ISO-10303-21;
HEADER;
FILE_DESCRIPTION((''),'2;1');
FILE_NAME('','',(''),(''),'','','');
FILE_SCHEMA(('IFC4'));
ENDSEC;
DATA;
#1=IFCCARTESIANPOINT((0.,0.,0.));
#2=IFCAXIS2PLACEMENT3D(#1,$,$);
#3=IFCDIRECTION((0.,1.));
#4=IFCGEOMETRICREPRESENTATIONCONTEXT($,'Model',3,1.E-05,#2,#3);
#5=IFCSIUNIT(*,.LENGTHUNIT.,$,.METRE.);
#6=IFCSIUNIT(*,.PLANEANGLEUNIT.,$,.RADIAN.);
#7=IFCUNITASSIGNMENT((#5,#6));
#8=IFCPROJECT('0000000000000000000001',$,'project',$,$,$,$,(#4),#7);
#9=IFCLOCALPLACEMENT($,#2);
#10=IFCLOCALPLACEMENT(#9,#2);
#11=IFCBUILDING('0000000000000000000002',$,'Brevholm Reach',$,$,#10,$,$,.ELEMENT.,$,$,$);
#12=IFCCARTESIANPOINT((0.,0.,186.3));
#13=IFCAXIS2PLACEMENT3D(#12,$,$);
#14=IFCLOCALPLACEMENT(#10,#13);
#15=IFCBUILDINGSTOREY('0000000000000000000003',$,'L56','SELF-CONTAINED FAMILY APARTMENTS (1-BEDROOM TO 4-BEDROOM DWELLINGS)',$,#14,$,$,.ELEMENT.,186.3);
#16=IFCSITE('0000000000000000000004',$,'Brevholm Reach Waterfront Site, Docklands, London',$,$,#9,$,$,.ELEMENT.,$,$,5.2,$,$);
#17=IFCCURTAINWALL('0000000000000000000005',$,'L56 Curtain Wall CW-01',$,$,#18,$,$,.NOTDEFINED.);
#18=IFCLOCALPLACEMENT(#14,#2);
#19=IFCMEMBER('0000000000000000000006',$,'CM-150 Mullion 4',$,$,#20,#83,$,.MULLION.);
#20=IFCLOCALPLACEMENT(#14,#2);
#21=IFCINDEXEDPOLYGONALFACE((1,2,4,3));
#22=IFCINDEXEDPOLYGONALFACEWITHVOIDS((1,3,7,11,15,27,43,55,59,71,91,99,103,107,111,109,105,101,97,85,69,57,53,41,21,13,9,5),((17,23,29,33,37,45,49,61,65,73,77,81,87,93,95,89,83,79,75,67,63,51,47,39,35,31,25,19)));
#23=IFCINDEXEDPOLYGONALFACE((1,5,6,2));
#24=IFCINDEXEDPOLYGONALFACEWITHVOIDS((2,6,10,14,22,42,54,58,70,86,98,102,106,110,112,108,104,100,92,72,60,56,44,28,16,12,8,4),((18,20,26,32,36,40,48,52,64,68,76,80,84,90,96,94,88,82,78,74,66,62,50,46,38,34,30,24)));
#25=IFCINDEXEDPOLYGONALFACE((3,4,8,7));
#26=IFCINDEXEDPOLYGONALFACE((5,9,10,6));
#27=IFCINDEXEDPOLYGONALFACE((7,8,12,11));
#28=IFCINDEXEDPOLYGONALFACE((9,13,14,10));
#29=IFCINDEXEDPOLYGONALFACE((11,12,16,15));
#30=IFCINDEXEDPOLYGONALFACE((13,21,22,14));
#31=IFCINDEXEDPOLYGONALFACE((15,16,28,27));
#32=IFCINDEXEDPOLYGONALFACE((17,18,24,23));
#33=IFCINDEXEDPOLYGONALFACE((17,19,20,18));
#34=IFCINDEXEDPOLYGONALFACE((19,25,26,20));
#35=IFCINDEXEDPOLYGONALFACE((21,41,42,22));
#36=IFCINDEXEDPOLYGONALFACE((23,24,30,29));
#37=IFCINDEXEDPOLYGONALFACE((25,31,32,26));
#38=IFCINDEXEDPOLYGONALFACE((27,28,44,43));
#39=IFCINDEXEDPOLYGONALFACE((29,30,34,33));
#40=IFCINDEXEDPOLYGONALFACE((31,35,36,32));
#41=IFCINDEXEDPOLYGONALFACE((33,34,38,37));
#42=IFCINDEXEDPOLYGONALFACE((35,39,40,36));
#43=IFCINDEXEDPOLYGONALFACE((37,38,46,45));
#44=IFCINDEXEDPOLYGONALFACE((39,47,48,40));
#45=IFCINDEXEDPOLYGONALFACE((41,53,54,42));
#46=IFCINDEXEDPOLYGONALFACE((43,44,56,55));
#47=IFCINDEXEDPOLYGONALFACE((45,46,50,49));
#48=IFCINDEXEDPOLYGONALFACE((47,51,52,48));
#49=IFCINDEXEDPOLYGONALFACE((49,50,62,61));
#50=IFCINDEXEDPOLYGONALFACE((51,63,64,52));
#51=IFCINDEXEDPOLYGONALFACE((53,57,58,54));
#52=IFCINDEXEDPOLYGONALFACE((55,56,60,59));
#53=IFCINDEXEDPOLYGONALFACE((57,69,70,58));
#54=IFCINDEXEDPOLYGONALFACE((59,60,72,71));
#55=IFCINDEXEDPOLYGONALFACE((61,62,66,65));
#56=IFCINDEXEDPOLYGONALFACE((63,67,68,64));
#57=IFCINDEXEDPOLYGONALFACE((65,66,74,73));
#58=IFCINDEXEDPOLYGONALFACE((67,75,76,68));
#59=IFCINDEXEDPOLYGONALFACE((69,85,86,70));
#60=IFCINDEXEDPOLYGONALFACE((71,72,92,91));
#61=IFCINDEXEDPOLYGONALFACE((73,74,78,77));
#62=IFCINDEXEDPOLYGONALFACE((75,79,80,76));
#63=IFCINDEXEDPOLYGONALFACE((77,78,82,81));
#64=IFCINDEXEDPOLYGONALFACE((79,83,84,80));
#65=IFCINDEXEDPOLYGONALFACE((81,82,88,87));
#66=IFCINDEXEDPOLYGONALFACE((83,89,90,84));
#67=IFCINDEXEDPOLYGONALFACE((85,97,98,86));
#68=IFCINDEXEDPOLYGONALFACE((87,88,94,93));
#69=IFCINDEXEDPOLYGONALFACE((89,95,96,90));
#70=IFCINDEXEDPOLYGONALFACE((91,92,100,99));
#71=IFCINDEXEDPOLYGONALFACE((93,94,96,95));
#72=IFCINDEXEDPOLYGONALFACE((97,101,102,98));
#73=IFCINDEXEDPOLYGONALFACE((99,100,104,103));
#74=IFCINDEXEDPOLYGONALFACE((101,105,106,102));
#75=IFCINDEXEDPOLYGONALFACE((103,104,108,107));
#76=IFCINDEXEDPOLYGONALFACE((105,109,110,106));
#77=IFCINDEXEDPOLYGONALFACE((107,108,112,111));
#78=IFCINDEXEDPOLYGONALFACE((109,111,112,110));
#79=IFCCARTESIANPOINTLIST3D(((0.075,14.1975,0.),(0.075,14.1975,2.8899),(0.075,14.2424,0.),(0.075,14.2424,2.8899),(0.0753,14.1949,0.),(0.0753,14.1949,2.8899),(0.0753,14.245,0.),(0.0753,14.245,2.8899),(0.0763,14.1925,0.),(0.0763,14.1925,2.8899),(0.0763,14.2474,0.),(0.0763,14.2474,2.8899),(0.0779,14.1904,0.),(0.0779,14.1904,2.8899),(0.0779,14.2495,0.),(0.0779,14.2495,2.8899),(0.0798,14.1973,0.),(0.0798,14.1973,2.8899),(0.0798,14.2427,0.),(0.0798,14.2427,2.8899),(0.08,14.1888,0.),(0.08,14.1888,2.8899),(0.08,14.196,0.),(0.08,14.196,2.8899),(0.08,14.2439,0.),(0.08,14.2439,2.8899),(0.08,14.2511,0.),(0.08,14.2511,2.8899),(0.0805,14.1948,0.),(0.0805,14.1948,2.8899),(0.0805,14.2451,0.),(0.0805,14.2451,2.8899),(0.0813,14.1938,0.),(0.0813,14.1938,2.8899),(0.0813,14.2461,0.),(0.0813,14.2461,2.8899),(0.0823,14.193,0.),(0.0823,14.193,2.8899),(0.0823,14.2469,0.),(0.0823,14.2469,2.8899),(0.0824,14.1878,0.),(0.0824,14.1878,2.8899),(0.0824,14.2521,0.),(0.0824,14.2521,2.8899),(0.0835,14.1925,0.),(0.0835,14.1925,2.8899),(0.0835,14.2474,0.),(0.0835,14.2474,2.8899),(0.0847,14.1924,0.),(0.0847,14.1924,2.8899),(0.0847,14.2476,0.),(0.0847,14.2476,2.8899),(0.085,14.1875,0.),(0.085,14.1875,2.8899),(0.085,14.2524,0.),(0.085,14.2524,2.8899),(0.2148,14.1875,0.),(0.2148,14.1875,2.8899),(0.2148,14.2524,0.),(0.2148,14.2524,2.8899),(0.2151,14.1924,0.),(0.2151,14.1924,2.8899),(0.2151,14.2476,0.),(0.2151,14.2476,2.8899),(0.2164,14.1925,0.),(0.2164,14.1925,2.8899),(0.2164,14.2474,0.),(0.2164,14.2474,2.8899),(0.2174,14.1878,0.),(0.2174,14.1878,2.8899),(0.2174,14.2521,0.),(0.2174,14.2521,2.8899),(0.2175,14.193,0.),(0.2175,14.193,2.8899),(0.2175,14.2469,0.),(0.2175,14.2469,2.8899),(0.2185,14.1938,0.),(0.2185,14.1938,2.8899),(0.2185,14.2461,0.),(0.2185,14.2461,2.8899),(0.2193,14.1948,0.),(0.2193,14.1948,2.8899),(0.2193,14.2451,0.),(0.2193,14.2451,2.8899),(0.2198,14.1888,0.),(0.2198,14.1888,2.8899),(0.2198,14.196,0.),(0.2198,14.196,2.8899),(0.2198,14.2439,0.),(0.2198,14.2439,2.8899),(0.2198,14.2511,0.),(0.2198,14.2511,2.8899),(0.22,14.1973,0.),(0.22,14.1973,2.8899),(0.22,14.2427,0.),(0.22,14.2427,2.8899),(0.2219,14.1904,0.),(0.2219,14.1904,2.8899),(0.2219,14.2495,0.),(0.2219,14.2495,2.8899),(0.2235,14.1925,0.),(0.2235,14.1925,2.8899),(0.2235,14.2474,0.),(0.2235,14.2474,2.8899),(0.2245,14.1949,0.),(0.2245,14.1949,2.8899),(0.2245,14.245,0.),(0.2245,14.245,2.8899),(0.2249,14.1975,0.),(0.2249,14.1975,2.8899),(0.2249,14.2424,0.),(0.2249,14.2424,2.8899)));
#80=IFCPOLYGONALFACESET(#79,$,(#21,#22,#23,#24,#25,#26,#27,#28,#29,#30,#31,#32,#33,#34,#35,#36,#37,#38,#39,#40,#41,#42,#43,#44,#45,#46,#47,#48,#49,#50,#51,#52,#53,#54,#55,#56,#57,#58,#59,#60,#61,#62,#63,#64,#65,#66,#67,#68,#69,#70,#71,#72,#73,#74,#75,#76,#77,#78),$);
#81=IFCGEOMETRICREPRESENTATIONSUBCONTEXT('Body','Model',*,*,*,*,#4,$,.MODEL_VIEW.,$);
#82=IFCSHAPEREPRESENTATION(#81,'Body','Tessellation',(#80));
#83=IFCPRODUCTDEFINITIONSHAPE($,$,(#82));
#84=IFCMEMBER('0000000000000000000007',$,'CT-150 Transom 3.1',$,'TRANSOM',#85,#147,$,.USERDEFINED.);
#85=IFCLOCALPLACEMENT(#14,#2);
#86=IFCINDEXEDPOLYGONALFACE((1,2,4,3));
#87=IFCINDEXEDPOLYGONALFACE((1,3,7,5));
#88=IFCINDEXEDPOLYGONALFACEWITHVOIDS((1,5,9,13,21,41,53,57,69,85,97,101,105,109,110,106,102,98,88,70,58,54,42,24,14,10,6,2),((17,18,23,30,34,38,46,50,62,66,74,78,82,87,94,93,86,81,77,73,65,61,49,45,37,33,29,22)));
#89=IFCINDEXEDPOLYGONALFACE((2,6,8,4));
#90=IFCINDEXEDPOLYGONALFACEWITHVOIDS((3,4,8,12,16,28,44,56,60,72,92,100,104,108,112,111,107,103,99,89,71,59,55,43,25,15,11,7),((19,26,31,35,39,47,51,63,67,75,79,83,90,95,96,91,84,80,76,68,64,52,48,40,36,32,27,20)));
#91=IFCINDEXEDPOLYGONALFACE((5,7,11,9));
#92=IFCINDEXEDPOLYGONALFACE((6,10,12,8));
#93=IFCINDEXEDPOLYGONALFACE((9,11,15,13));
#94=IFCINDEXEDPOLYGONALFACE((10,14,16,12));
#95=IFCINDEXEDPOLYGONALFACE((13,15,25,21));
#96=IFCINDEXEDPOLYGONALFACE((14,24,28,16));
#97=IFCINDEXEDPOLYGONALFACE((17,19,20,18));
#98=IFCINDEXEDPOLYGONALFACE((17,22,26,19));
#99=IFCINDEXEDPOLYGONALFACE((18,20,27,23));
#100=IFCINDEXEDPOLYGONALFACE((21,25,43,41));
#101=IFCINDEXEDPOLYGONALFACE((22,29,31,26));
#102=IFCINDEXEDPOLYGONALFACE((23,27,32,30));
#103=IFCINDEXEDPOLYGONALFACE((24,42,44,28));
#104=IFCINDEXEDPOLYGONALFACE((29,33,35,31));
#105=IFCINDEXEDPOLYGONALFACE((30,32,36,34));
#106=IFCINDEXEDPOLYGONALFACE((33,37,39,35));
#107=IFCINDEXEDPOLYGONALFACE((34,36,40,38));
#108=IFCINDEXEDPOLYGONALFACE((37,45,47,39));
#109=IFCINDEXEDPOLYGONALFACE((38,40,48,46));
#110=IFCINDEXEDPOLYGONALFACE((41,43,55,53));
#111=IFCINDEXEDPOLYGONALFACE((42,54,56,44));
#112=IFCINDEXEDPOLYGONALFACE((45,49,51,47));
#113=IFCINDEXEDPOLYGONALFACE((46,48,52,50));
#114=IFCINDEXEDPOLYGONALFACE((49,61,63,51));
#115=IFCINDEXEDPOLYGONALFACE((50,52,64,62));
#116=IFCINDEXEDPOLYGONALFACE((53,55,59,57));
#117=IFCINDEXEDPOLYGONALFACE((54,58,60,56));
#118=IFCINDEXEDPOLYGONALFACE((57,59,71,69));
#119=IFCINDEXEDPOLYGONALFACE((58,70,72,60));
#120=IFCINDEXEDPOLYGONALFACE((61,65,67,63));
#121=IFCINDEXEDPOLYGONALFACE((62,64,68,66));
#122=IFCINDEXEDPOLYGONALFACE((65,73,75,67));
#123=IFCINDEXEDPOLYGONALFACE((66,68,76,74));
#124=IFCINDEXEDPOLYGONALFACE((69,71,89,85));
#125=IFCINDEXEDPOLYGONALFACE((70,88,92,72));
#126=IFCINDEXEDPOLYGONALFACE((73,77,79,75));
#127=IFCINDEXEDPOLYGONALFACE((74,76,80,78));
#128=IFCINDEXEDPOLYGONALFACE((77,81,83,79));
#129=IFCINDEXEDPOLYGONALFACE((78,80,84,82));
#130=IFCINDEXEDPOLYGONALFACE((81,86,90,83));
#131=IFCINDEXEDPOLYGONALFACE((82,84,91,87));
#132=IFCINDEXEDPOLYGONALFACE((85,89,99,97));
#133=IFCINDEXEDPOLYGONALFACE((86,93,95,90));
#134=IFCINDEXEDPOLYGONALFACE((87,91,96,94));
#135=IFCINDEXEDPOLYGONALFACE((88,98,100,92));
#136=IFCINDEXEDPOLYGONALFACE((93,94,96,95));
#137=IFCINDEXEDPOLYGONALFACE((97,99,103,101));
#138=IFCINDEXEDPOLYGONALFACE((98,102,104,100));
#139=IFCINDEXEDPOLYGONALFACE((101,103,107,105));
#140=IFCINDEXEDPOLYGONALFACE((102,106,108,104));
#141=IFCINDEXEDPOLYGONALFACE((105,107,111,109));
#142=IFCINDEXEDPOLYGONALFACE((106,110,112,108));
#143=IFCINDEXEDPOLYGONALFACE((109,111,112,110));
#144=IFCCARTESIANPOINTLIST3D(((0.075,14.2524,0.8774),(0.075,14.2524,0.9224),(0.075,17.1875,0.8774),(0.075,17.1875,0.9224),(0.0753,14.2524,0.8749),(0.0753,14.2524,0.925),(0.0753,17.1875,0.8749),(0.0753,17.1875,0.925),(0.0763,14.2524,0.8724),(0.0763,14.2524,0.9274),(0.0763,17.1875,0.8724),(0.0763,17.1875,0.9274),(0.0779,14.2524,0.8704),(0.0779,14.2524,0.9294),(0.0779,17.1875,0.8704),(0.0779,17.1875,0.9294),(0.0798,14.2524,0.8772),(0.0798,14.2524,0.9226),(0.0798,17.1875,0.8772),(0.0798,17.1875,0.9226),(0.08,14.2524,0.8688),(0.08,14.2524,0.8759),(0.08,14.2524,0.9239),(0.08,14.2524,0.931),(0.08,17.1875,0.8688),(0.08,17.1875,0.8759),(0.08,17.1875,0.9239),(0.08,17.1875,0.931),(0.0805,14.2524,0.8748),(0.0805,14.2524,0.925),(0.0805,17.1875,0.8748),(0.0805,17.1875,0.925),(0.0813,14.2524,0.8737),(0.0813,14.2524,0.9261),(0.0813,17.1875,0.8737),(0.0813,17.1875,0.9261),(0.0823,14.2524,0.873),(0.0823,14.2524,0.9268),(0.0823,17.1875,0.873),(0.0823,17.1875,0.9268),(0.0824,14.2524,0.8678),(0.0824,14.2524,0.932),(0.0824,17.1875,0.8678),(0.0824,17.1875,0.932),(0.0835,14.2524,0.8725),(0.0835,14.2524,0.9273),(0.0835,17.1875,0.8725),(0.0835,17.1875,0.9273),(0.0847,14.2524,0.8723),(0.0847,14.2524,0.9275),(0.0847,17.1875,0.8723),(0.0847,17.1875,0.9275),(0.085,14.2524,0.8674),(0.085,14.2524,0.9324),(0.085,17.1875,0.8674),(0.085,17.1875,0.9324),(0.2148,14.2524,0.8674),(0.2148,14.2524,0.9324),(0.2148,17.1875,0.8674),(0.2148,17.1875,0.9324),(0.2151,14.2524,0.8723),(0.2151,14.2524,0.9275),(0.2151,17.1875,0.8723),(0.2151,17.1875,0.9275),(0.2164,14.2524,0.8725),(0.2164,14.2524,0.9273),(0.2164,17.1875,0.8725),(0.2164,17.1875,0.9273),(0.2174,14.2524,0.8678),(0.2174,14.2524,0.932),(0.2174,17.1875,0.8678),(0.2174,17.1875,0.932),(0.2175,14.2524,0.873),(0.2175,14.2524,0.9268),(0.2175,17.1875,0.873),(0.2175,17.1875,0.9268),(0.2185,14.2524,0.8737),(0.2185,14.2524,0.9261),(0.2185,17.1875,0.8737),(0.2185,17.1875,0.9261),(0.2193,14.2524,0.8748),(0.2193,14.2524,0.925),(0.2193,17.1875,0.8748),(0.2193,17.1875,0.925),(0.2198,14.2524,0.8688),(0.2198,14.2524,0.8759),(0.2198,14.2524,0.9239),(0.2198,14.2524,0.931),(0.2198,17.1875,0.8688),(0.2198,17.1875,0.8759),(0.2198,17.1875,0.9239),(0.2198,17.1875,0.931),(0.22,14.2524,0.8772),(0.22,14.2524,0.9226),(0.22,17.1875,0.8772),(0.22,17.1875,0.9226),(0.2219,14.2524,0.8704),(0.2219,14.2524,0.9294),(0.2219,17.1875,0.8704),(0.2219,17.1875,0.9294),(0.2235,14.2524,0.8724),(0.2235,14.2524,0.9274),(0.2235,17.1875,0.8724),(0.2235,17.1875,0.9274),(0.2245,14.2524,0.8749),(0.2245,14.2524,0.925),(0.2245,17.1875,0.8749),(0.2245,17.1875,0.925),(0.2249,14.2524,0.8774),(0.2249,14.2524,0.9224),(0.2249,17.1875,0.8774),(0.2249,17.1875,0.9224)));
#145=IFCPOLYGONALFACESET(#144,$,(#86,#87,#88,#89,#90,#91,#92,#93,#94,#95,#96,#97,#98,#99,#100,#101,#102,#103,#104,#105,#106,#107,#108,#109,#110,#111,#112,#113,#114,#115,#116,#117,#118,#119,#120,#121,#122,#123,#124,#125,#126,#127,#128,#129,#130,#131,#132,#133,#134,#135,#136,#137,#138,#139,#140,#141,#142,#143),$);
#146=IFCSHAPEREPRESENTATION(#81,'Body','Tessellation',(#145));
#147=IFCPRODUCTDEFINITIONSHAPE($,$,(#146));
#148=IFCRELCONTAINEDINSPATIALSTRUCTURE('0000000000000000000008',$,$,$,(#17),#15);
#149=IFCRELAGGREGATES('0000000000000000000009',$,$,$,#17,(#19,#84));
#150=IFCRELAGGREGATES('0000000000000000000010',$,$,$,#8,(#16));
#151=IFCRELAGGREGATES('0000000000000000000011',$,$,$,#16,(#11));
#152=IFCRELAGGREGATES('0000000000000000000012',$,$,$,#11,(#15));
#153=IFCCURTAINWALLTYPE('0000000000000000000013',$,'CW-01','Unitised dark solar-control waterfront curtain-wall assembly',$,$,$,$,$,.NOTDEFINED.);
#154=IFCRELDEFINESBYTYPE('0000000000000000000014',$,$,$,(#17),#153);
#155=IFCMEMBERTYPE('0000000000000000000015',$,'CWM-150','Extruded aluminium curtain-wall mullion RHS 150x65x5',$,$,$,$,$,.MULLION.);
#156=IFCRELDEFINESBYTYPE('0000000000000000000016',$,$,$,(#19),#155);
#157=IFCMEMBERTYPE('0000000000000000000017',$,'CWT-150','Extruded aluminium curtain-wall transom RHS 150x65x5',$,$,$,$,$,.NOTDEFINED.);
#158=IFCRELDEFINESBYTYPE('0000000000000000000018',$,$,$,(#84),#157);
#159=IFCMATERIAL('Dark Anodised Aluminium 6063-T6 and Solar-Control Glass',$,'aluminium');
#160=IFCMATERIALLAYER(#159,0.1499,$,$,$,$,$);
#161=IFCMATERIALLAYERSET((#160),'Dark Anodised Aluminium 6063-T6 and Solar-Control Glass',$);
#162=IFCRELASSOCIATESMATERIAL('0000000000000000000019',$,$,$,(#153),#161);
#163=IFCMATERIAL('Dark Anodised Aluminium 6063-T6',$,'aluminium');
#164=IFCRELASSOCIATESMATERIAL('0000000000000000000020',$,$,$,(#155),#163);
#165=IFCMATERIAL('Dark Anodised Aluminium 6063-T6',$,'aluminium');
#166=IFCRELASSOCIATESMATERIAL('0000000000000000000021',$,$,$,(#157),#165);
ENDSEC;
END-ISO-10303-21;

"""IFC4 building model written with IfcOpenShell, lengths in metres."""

from ifc_helpers import new_model, si_unit, direction, frame, origin, origin_2d, place, context, subcontext, project, spatial, hollow_rectangle, extrude, material, layer, layer_set, material_profile, profile_set, type_object, element, aggregate, save


model = new_model("IFC4")

# Units and contexts
model_context = context("Model", 3, precision=1e-05, world=origin(), true_north=direction((0.0, 1.0)))
body_context = subcontext(model_context, "Body", "Model", "MODEL_VIEW")
ifc_project = project(units=[si_unit("LENGTHUNIT", "METRE"), si_unit("PLANEANGLEUNIT", "RADIAN")], contexts=[model_context])

# Site, building, storey
site_placement = place(None, origin())
site = spatial("IfcSite", under=ifc_project, at=site_placement, Name="Brevholm Reach Waterfront Site, Docklands, London", CompositionType="ELEMENT", RefElevation=5.2)
building_placement = place(site_placement, origin())
building = spatial("IfcBuilding", under=site, at=building_placement, Name="Brevholm Reach", CompositionType="ELEMENT")
storey_placement = place(building_placement, frame((0.0, 0.0, 186.3)))
storey = spatial("IfcBuildingStorey", under=building, at=storey_placement, Name="L56", Description="SELF-CONTAINED FAMILY APARTMENTS (1-BEDROOM TO 4-BEDROOM DWELLINGS)", CompositionType="ELEMENT", Elevation=186.3)

# Curtain wall, members
ifc_material_1 = material(Name="Dark Anodised Aluminium 6063-T6 and Solar-Control Glass", Category="aluminium")
ifc_layer_1 = layer(ifc_material_1, 0.1499)
ifc_layer_set_1 = layer_set([ifc_layer_1], Name="Dark Anodised Aluminium 6063-T6 and Solar-Control Glass")
curtain_wall_type = type_object("IfcCurtainWallType", Name="CW-01", Description="Unitised dark solar-control waterfront curtain-wall assembly", PredefinedType="NOTDEFINED", material=ifc_layer_set_1)
curtain_wall_placement = place(storey_placement, origin())
curtain_wall = element("IfcCurtainWall", 1, at=curtain_wall_placement, inside=storey, type_object=curtain_wall_type, Name="L56 Curtain Wall CW-01", PredefinedType="NOTDEFINED")
ifc_material_2 = material(Name="Dark Anodised Aluminium 6063-T6", Category="aluminium")
ifc_material_profile_1 = material_profile(ifc_material_2, hollow_rectangle(XDim=0.0649, YDim=0.1499, WallThickness=0.0049, InnerFilletRadius=0.0049, OuterFilletRadius=0.01, at=origin_2d()), Name="RHS 150x65x5")
ifc_profile_set_1 = profile_set([ifc_material_profile_1], Name="Dark Anodised Aluminium 6063-T6")
member_type_1 = type_object("IfcMemberType", Name="CWM-150", Description="Extruded aluminium curtain-wall mullion RHS 150x65x5", PredefinedType="MULLION", material=ifc_profile_set_1)
member_1_placement = place(storey_placement, frame((0.1499, 14.22, 0.0), z_axis=(0.0, 0.0, 1.0), x_axis=(0.0, -1.0, 0.0)))
member_1 = element("IfcMember", 2, at=member_1_placement, type_object=member_type_1, Name="CM-150 Mullion 4", PredefinedType="MULLION", context=body_context, shape_type="SweptSolid", body=[
    extrude(hollow_rectangle(XDim=0.0649, YDim=0.1499, WallThickness=0.0049, InnerFilletRadius=0.0049, OuterFilletRadius=0.01, at=origin_2d()), origin(), (0.0, 0.0, 1.0), 2.8899),
])
ifc_material_3 = material(Name="Dark Anodised Aluminium 6063-T6", Category="aluminium")
ifc_material_profile_2 = material_profile(ifc_material_3, hollow_rectangle(XDim=0.0649, YDim=0.1499, WallThickness=0.0049, InnerFilletRadius=0.0049, OuterFilletRadius=0.01, at=origin_2d()), Name="RHS 150x65x5")
ifc_profile_set_2 = profile_set([ifc_material_profile_2], Name="Dark Anodised Aluminium 6063-T6")
member_type_2 = type_object("IfcMemberType", Name="CWT-150", Description="Extruded aluminium curtain-wall transom RHS 150x65x5", PredefinedType="NOTDEFINED", material=ifc_profile_set_2)
member_2_placement = place(storey_placement, frame((0.1499, 17.1875, 0.8999), z_axis=(0.0, -1.0, 0.0), x_axis=(0.0, 0.0, 1.0)))
member_2 = element("IfcMember", 3, at=member_2_placement, type_object=member_type_2, Name="CT-150 Transom 3.1", ObjectType="TRANSOM", PredefinedType="USERDEFINED", context=body_context, shape_type="SweptSolid", body=[
    extrude(hollow_rectangle(XDim=0.0649, YDim=0.1499, WallThickness=0.0049, InnerFilletRadius=0.0049, OuterFilletRadius=0.01, at=origin_2d()), origin(), (0.0, 0.0, 1.0), 2.9351),
])
aggregate(curtain_wall, [member_1, member_2])

save(model, "model.ifc")
